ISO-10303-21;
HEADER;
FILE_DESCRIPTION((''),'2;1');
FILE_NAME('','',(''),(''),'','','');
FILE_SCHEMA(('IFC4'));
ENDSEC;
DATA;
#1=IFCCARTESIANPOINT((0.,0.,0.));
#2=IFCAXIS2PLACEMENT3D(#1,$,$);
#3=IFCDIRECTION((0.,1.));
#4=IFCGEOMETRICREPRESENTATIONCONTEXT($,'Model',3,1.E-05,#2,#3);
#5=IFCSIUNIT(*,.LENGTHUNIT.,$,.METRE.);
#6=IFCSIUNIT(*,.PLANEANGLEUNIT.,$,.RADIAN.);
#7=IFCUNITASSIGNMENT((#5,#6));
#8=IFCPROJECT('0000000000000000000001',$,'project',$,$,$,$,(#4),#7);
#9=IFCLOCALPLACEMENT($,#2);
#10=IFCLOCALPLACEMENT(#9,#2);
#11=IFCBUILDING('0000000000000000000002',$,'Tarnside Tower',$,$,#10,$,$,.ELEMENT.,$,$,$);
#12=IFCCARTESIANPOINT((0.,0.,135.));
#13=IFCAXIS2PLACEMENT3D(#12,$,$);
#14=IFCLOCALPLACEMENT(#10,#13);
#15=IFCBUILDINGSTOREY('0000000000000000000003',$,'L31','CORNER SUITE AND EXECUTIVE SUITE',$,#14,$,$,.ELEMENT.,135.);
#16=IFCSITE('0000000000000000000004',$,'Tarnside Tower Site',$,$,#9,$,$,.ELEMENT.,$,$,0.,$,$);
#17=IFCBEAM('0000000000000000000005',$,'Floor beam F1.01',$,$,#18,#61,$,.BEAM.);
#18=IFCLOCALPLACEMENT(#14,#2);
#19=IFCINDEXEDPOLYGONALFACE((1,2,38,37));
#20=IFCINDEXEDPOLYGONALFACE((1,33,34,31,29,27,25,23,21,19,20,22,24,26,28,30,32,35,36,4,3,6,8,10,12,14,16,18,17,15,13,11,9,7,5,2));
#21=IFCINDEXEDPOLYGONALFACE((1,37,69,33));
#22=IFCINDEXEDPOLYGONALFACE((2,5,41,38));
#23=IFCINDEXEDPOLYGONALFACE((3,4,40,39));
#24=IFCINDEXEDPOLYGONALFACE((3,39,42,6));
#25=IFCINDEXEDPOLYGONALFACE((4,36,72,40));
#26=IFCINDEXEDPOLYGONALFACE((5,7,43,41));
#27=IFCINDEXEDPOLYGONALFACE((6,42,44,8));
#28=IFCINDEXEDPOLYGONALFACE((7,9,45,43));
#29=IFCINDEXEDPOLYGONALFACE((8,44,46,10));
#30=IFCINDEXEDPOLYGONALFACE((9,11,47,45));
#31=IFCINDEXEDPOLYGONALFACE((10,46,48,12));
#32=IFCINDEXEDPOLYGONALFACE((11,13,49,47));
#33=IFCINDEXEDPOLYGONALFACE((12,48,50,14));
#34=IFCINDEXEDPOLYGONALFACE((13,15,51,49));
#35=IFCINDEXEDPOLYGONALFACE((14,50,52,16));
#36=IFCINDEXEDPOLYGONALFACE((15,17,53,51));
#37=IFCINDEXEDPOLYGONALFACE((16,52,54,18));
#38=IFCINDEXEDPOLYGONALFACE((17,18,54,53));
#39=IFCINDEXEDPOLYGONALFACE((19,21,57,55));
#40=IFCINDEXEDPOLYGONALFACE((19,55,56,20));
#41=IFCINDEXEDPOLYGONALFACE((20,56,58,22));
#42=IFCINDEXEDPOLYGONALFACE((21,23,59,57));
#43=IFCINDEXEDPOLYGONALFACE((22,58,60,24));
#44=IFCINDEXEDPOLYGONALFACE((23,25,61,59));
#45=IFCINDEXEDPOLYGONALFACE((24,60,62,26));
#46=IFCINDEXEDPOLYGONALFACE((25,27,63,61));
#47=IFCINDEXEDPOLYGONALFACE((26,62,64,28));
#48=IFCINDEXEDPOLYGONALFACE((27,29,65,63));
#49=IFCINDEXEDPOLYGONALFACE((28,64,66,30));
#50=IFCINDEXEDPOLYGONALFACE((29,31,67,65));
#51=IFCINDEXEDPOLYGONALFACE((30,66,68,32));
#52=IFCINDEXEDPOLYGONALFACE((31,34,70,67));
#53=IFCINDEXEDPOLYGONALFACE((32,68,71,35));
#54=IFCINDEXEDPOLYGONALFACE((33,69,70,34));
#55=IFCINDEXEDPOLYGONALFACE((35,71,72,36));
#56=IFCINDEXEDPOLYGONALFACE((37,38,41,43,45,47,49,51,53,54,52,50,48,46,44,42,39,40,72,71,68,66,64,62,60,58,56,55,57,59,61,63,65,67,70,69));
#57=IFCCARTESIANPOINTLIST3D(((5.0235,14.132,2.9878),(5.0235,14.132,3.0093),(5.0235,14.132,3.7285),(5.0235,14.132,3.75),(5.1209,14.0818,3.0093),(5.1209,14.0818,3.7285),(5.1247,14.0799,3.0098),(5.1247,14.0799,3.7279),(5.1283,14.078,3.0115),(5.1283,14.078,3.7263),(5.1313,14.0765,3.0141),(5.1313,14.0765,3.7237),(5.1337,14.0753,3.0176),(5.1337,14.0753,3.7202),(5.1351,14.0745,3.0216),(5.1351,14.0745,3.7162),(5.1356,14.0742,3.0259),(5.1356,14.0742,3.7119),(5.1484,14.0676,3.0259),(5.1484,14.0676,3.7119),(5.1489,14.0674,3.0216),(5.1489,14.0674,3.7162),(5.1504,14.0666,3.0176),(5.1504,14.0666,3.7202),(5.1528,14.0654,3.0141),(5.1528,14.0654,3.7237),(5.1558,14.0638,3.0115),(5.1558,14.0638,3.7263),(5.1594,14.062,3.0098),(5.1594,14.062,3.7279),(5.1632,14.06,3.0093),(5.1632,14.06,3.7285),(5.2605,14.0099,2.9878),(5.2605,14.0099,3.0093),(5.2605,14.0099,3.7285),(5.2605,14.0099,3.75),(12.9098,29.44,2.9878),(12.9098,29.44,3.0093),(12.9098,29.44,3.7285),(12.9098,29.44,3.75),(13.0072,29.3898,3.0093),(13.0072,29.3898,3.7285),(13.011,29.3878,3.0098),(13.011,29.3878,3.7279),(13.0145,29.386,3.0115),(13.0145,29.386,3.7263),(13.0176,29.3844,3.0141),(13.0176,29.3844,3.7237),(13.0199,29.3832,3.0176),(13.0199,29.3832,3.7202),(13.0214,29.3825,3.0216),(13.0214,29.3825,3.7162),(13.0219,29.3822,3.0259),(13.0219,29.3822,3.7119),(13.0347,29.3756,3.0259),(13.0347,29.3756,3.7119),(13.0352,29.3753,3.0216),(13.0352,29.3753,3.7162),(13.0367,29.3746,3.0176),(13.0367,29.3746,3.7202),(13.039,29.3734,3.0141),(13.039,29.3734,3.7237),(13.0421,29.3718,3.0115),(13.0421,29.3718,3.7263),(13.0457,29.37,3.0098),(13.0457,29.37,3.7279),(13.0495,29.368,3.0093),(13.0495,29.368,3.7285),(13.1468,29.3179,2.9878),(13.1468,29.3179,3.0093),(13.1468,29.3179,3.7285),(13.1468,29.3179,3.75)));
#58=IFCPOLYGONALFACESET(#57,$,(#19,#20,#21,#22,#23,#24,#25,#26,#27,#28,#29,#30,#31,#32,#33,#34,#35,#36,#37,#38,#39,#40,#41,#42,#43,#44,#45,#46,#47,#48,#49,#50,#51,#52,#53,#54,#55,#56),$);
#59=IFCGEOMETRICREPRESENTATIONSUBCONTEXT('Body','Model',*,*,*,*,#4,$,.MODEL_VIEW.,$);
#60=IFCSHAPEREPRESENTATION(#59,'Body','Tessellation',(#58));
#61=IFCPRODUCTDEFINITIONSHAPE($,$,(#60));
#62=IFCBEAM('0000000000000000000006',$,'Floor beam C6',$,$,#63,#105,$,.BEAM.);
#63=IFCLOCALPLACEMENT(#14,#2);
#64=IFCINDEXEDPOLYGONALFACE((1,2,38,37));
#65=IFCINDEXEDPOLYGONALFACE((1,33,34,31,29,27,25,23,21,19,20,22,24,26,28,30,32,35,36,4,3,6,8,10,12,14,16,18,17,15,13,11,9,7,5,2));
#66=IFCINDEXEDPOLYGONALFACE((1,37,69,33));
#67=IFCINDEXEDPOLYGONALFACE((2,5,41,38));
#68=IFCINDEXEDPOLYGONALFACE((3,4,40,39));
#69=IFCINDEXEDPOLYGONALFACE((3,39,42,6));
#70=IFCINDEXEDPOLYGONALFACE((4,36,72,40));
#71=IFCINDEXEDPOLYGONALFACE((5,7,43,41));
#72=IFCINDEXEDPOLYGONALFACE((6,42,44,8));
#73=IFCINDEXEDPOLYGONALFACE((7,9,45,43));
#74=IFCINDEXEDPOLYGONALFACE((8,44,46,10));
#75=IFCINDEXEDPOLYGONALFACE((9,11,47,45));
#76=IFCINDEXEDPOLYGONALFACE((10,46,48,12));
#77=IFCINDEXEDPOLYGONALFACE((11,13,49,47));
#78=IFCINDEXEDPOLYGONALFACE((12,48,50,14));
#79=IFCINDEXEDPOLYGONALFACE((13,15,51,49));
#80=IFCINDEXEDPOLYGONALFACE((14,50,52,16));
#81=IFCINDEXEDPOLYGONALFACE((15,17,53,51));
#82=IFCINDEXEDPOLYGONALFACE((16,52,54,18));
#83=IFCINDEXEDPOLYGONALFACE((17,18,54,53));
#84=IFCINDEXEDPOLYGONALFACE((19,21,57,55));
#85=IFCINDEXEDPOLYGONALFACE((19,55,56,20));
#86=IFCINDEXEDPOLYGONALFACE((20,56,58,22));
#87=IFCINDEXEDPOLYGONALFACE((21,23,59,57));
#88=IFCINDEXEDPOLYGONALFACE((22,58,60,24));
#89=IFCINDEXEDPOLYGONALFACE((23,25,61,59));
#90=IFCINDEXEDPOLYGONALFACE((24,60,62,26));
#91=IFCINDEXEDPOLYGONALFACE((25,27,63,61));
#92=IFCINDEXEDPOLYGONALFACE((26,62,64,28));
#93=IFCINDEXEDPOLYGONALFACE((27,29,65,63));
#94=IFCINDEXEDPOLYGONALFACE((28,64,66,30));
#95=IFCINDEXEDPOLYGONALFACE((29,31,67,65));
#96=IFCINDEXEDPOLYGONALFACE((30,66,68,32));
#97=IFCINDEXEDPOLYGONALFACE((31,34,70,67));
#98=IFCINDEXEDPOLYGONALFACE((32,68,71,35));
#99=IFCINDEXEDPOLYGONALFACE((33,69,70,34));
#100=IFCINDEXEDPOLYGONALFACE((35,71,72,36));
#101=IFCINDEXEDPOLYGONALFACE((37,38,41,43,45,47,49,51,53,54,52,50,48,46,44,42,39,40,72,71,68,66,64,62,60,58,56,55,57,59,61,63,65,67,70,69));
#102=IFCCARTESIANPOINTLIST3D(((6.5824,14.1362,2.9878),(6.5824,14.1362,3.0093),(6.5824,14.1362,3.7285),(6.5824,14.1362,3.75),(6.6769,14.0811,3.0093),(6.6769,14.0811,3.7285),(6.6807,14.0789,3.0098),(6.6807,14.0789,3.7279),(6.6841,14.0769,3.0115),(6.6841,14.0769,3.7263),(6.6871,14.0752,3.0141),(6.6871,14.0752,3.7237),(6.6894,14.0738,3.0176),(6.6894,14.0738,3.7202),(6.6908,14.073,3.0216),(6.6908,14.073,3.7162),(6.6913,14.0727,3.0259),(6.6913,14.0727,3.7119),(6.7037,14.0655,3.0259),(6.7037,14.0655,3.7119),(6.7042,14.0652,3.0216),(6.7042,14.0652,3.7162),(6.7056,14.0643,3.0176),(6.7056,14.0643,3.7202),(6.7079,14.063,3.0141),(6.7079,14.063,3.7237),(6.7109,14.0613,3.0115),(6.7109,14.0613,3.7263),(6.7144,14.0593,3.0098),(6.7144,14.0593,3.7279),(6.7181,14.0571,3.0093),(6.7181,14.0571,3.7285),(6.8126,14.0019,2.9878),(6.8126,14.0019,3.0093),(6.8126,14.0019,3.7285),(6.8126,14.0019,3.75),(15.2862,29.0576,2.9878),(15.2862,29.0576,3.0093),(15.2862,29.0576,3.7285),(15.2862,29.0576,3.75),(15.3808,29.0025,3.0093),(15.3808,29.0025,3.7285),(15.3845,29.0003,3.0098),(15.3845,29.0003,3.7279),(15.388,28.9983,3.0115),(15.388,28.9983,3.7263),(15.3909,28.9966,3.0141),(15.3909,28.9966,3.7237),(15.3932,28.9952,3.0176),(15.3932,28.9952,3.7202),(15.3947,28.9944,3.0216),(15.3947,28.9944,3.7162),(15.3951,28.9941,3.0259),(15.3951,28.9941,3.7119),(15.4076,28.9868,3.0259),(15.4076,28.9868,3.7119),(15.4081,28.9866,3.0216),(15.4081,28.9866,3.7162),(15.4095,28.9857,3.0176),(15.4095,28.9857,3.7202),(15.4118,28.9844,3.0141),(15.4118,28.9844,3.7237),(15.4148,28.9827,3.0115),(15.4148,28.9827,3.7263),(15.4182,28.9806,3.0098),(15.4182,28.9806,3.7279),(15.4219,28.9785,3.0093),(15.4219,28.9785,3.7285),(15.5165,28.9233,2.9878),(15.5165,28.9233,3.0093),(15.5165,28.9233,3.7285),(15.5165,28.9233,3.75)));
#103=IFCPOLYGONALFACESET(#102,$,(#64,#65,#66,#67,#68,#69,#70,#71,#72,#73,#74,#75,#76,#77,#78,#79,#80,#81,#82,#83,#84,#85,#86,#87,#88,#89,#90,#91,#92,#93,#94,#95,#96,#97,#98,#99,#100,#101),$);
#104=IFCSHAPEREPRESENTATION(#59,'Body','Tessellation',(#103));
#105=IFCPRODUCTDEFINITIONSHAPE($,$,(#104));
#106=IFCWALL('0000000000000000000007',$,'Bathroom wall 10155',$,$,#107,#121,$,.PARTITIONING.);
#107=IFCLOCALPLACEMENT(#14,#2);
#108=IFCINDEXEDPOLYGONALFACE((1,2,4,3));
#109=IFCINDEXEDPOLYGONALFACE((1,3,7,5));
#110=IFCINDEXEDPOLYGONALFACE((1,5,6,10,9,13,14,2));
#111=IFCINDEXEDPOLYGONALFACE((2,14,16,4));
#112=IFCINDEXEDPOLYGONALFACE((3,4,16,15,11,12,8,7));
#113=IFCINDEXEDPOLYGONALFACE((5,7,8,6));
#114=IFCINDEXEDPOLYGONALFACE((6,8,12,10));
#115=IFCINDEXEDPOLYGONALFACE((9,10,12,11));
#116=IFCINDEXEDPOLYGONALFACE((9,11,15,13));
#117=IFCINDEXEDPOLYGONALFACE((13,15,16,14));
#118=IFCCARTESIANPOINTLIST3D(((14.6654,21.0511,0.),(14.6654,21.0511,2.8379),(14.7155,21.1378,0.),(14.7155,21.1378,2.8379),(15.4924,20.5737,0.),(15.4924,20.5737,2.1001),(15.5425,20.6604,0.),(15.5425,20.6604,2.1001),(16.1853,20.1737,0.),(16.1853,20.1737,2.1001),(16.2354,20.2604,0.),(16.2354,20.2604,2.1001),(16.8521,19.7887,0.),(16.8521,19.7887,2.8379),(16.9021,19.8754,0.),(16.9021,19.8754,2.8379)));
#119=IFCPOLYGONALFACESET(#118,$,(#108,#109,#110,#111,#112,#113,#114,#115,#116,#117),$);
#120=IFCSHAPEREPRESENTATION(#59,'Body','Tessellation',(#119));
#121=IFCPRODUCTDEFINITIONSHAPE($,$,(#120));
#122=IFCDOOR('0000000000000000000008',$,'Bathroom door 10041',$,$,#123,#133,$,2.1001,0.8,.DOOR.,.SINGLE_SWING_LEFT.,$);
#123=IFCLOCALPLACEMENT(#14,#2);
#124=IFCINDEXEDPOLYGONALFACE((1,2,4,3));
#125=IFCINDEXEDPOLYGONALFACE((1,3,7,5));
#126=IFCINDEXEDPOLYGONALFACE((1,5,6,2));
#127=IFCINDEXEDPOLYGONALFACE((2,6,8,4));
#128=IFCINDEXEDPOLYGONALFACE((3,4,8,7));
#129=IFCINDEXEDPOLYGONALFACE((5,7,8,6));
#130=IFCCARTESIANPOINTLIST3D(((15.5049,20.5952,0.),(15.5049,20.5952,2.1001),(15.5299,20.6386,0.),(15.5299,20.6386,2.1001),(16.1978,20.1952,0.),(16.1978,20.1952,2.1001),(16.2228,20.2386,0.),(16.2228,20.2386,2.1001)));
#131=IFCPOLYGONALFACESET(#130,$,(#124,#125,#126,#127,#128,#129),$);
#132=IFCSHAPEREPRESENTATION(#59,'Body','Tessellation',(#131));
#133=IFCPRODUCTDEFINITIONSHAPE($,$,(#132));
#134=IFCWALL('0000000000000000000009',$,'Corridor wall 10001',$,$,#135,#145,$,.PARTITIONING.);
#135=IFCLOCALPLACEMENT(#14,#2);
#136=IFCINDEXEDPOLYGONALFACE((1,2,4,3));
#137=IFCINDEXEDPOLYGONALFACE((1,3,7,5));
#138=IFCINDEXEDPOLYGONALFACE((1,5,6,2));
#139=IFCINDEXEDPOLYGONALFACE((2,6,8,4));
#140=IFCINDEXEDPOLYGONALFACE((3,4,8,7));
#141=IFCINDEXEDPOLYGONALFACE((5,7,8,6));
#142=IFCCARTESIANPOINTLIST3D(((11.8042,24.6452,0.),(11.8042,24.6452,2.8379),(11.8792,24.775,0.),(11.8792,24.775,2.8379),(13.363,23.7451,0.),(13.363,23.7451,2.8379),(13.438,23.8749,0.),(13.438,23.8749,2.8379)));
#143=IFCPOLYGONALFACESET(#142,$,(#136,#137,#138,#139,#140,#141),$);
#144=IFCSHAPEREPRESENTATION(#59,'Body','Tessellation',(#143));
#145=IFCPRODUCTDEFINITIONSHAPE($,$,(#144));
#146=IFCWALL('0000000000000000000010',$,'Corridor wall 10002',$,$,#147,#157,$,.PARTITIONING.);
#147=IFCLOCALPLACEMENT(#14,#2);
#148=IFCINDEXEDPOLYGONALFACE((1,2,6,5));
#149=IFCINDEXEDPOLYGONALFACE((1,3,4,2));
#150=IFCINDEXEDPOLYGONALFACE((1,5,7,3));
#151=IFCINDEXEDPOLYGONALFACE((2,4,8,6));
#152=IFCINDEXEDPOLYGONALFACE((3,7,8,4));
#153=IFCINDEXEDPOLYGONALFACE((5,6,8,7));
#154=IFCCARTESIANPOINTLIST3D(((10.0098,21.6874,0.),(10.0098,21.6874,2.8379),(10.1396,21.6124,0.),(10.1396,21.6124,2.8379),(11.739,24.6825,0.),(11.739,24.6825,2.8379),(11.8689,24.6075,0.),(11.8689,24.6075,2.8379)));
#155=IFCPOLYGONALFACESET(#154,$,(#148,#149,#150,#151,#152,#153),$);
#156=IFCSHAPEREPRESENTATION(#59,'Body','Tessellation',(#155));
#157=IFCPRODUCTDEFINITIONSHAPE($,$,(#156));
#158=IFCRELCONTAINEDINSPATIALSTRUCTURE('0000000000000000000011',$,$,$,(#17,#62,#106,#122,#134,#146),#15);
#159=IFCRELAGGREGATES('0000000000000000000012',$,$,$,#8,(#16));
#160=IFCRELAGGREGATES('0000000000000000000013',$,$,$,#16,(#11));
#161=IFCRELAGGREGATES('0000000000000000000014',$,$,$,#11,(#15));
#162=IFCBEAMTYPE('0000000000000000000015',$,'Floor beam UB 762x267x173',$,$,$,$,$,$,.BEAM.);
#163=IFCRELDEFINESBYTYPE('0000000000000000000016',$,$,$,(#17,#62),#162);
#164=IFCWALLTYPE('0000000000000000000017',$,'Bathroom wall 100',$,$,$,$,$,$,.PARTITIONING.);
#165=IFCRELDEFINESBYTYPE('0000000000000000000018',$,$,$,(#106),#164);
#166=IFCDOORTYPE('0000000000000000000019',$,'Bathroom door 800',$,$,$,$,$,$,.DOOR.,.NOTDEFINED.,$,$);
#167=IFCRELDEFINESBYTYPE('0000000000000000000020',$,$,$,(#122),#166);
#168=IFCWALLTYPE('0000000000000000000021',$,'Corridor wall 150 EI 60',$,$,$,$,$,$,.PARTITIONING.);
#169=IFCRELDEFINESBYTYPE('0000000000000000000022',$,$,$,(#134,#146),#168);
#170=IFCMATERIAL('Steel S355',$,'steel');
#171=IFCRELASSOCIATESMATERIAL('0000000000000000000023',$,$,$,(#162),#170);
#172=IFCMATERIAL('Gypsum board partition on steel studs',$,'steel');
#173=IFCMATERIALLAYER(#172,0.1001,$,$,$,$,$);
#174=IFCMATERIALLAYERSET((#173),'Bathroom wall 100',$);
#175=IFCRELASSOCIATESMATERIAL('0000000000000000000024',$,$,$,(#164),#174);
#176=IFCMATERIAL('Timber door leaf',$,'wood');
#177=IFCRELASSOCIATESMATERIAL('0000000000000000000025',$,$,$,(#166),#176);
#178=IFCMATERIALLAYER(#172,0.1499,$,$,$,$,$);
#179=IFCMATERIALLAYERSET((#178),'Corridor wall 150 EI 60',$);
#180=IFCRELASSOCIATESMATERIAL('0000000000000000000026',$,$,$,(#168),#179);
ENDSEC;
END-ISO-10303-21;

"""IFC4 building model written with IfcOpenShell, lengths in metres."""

from ifc_helpers import new_model, si_unit, direction, frame, frame_2d, origin, origin_2d, place, context, subcontext, project, spatial, rectangle, i_section, extrude, material, layer, layer_set, material_profile, profile_set, type_object, element, fill, save


model = new_model("IFC4")

# Units and contexts
model_context = context("Model", 3, precision=1e-05, world=origin(), true_north=direction((0.0, 1.0)))
body_context = subcontext(model_context, "Body", "Model", "MODEL_VIEW")
ifc_project = project(units=[si_unit("LENGTHUNIT", "METRE"), si_unit("PLANEANGLEUNIT", "RADIAN")], contexts=[model_context])

# Site, building, storey
site_placement = place(None, origin())
site = spatial("IfcSite", under=ifc_project, at=site_placement, Name="Tarnside Tower Site", CompositionType="ELEMENT", RefElevation=0.0)
building_placement = place(site_placement, origin())
building = spatial("IfcBuilding", under=site, at=building_placement, Name="Tarnside Tower", CompositionType="ELEMENT")
storey_placement = place(building_placement, frame((0.0, 0.0, 135.0)))
storey = spatial("IfcBuildingStorey", under=building, at=storey_placement, Name="L31", Description="CORNER SUITE AND EXECUTIVE SUITE", CompositionType="ELEMENT", Elevation=135.0)

# Beams
ifc_material_1 = material(Name="Steel S355", Category="steel")
ifc_material_profile = material_profile(ifc_material_1, i_section(OverallWidth=0.2666, OverallDepth=0.7622, WebThickness=0.0144, FlangeThickness=0.0215, FilletRadius=0.0166, at=origin_2d()), Name="UB 762x267x173")
ifc_profile_set = profile_set([ifc_material_profile], Name="Steel S355")
beam_type = type_object("IfcBeamType", Name="Floor beam UB 762x267x173", PredefinedType="BEAM", material=ifc_profile_set)
beam_1_placement = place(storey_placement, frame((13.0283, 29.3789, 3.3689), z_axis=(-0.457973, -0.888966, 0.0), x_axis=(0.888966, -0.457973, 0.0)))
element("IfcBeam", 1, at=beam_1_placement, inside=storey, type_object=beam_type, Name="Floor beam F1.01", PredefinedType="BEAM", context=body_context, shape_type="SweptSolid", body=[
    extrude(i_section(OverallWidth=0.2666, OverallDepth=0.7622, WebThickness=0.0144, FlangeThickness=0.0215, FilletRadius=0.0166, at=origin_2d()), origin(), (0.0, 0.0, 1.0), 17.22),
])
beam_2_placement = place(storey_placement, frame((15.4014, 28.9905, 3.3689), z_axis=(-0.503859, -0.863786, 0.0), x_axis=(0.863786, -0.503859, 0.0)))
element("IfcBeam", 2, at=beam_2_placement, inside=storey, type_object=beam_type, Name="Floor beam C6", PredefinedType="BEAM", context=body_context, shape_type="SweptSolid", body=[
    extrude(i_section(OverallWidth=0.2666, OverallDepth=0.7622, WebThickness=0.0144, FlangeThickness=0.0215, FilletRadius=0.0166, at=origin_2d()), origin(), (0.0, 0.0, 1.0), 17.2744),
])

# Wall, opening, door
ifc_material_2 = material(Name="Gypsum board partition on steel studs", Category="steel")
ifc_layer_1 = layer(ifc_material_2, 0.1001)
ifc_layer_set_1 = layer_set([ifc_layer_1], Name="Bathroom wall 100")
wall_type_1 = type_object("IfcWallType", Name="Bathroom wall 100", PredefinedType="PARTITIONING", material=ifc_layer_set_1)
wall_1_placement = place(storey_placement, frame((14.6904, 21.0945, 0.0), z_axis=(0.0, 0.0, 1.0), x_axis=(0.866039, -0.499976, 0.0)))
wall_1 = element("IfcWall", 3, at=wall_1_placement, inside=storey, type_object=wall_type_1, Name="Bathroom wall 10155", PredefinedType="PARTITIONING", context=body_context, shape_type="SweptSolid", body=[
    extrude(rectangle(XDim=2.5249, YDim=0.1001, at=frame_2d((1.2625, 0.0))), origin(), (0.0, 0.0, 1.0), 2.8379),
])
opening_1_placement = place(wall_1_placement, frame((0.9551, 0.0, 0.0)))
opening_1 = element("IfcOpeningElement", 4, at=opening_1_placement, cuts=wall_1, PredefinedType="OPENING", context=body_context, shape_type="SweptSolid", body=[
    extrude(rectangle(XDim=0.8, YDim=2.1001, at=frame_2d((0.3999, 1.05))), frame((0.0, 0.0601, 0.0), z_axis=(0.0, -1.0, 0.0), x_axis=(1.0, 0.0, 0.0)), (0.0, 0.0, 1.0), 0.1201),
])
ifc_material_3 = material(Name="Timber door leaf", Category="wood")
door_type_1 = type_object("IfcDoorType", Name="Bathroom door 800", OperationType="NOTDEFINED", PredefinedType="DOOR", material=ifc_material_3)
door_1_placement = place(opening_1_placement, origin())
door_1 = element("IfcDoor", 5, at=door_1_placement, inside=storey, type_object=door_type_1, Name="Bathroom door 10041", OperationType="SINGLE_SWING_LEFT", OverallHeight=2.1001, OverallWidth=0.8, PredefinedType="DOOR", context=body_context, shape_type="SweptSolid", body=[
    extrude(rectangle(XDim=0.8, YDim=2.1001, at=frame_2d((0.3999, 1.05))), frame((0.0, 0.0249, 0.0), z_axis=(0.0, -1.0, 0.0), x_axis=(1.0, 0.0, 0.0)), (0.0, 0.0, 1.0), 0.05),
])
fill(opening_1, door_1)

# Walls
ifc_layer_2 = layer(ifc_material_2, 0.1499)
ifc_layer_set_2 = layer_set([ifc_layer_2], Name="Corridor wall 150 EI 60")
wall_type_2 = type_object("IfcWallType", Name="Corridor wall 150 EI 60", PredefinedType="PARTITIONING", material=ifc_layer_set_2)
wall_2_placement = place(storey_placement, frame((13.4004, 23.8101, 0.0), z_axis=(0.0, 0.0, 1.0), x_axis=(-0.865989, 0.500063, 0.0)))
element("IfcWall", 6, at=wall_2_placement, inside=storey, type_object=wall_type_2, Name="Corridor wall 10001", PredefinedType="PARTITIONING", context=body_context, shape_type="SweptSolid", body=[
    extrude(rectangle(XDim=1.8, YDim=0.1499, at=frame_2d((0.8999, 0.0))), origin(), (0.0, 0.0, 1.0), 2.8379),
])
wall_3_placement = place(storey_placement, frame((11.804, 24.645, 0.0), z_axis=(0.0, 0.0, 1.0), x_axis=(-0.500004, -0.866023, 0.0)))
element("IfcWall", 7, at=wall_3_placement, inside=storey, type_object=wall_type_2, Name="Corridor wall 10002", PredefinedType="PARTITIONING", context=body_context, shape_type="SweptSolid", body=[
    extrude(rectangle(XDim=3.4585, YDim=0.1499, at=frame_2d((1.7292, 0.0))), origin(), (0.0, 0.0, 1.0), 2.8379),
])

save(model, "model.ifc")
